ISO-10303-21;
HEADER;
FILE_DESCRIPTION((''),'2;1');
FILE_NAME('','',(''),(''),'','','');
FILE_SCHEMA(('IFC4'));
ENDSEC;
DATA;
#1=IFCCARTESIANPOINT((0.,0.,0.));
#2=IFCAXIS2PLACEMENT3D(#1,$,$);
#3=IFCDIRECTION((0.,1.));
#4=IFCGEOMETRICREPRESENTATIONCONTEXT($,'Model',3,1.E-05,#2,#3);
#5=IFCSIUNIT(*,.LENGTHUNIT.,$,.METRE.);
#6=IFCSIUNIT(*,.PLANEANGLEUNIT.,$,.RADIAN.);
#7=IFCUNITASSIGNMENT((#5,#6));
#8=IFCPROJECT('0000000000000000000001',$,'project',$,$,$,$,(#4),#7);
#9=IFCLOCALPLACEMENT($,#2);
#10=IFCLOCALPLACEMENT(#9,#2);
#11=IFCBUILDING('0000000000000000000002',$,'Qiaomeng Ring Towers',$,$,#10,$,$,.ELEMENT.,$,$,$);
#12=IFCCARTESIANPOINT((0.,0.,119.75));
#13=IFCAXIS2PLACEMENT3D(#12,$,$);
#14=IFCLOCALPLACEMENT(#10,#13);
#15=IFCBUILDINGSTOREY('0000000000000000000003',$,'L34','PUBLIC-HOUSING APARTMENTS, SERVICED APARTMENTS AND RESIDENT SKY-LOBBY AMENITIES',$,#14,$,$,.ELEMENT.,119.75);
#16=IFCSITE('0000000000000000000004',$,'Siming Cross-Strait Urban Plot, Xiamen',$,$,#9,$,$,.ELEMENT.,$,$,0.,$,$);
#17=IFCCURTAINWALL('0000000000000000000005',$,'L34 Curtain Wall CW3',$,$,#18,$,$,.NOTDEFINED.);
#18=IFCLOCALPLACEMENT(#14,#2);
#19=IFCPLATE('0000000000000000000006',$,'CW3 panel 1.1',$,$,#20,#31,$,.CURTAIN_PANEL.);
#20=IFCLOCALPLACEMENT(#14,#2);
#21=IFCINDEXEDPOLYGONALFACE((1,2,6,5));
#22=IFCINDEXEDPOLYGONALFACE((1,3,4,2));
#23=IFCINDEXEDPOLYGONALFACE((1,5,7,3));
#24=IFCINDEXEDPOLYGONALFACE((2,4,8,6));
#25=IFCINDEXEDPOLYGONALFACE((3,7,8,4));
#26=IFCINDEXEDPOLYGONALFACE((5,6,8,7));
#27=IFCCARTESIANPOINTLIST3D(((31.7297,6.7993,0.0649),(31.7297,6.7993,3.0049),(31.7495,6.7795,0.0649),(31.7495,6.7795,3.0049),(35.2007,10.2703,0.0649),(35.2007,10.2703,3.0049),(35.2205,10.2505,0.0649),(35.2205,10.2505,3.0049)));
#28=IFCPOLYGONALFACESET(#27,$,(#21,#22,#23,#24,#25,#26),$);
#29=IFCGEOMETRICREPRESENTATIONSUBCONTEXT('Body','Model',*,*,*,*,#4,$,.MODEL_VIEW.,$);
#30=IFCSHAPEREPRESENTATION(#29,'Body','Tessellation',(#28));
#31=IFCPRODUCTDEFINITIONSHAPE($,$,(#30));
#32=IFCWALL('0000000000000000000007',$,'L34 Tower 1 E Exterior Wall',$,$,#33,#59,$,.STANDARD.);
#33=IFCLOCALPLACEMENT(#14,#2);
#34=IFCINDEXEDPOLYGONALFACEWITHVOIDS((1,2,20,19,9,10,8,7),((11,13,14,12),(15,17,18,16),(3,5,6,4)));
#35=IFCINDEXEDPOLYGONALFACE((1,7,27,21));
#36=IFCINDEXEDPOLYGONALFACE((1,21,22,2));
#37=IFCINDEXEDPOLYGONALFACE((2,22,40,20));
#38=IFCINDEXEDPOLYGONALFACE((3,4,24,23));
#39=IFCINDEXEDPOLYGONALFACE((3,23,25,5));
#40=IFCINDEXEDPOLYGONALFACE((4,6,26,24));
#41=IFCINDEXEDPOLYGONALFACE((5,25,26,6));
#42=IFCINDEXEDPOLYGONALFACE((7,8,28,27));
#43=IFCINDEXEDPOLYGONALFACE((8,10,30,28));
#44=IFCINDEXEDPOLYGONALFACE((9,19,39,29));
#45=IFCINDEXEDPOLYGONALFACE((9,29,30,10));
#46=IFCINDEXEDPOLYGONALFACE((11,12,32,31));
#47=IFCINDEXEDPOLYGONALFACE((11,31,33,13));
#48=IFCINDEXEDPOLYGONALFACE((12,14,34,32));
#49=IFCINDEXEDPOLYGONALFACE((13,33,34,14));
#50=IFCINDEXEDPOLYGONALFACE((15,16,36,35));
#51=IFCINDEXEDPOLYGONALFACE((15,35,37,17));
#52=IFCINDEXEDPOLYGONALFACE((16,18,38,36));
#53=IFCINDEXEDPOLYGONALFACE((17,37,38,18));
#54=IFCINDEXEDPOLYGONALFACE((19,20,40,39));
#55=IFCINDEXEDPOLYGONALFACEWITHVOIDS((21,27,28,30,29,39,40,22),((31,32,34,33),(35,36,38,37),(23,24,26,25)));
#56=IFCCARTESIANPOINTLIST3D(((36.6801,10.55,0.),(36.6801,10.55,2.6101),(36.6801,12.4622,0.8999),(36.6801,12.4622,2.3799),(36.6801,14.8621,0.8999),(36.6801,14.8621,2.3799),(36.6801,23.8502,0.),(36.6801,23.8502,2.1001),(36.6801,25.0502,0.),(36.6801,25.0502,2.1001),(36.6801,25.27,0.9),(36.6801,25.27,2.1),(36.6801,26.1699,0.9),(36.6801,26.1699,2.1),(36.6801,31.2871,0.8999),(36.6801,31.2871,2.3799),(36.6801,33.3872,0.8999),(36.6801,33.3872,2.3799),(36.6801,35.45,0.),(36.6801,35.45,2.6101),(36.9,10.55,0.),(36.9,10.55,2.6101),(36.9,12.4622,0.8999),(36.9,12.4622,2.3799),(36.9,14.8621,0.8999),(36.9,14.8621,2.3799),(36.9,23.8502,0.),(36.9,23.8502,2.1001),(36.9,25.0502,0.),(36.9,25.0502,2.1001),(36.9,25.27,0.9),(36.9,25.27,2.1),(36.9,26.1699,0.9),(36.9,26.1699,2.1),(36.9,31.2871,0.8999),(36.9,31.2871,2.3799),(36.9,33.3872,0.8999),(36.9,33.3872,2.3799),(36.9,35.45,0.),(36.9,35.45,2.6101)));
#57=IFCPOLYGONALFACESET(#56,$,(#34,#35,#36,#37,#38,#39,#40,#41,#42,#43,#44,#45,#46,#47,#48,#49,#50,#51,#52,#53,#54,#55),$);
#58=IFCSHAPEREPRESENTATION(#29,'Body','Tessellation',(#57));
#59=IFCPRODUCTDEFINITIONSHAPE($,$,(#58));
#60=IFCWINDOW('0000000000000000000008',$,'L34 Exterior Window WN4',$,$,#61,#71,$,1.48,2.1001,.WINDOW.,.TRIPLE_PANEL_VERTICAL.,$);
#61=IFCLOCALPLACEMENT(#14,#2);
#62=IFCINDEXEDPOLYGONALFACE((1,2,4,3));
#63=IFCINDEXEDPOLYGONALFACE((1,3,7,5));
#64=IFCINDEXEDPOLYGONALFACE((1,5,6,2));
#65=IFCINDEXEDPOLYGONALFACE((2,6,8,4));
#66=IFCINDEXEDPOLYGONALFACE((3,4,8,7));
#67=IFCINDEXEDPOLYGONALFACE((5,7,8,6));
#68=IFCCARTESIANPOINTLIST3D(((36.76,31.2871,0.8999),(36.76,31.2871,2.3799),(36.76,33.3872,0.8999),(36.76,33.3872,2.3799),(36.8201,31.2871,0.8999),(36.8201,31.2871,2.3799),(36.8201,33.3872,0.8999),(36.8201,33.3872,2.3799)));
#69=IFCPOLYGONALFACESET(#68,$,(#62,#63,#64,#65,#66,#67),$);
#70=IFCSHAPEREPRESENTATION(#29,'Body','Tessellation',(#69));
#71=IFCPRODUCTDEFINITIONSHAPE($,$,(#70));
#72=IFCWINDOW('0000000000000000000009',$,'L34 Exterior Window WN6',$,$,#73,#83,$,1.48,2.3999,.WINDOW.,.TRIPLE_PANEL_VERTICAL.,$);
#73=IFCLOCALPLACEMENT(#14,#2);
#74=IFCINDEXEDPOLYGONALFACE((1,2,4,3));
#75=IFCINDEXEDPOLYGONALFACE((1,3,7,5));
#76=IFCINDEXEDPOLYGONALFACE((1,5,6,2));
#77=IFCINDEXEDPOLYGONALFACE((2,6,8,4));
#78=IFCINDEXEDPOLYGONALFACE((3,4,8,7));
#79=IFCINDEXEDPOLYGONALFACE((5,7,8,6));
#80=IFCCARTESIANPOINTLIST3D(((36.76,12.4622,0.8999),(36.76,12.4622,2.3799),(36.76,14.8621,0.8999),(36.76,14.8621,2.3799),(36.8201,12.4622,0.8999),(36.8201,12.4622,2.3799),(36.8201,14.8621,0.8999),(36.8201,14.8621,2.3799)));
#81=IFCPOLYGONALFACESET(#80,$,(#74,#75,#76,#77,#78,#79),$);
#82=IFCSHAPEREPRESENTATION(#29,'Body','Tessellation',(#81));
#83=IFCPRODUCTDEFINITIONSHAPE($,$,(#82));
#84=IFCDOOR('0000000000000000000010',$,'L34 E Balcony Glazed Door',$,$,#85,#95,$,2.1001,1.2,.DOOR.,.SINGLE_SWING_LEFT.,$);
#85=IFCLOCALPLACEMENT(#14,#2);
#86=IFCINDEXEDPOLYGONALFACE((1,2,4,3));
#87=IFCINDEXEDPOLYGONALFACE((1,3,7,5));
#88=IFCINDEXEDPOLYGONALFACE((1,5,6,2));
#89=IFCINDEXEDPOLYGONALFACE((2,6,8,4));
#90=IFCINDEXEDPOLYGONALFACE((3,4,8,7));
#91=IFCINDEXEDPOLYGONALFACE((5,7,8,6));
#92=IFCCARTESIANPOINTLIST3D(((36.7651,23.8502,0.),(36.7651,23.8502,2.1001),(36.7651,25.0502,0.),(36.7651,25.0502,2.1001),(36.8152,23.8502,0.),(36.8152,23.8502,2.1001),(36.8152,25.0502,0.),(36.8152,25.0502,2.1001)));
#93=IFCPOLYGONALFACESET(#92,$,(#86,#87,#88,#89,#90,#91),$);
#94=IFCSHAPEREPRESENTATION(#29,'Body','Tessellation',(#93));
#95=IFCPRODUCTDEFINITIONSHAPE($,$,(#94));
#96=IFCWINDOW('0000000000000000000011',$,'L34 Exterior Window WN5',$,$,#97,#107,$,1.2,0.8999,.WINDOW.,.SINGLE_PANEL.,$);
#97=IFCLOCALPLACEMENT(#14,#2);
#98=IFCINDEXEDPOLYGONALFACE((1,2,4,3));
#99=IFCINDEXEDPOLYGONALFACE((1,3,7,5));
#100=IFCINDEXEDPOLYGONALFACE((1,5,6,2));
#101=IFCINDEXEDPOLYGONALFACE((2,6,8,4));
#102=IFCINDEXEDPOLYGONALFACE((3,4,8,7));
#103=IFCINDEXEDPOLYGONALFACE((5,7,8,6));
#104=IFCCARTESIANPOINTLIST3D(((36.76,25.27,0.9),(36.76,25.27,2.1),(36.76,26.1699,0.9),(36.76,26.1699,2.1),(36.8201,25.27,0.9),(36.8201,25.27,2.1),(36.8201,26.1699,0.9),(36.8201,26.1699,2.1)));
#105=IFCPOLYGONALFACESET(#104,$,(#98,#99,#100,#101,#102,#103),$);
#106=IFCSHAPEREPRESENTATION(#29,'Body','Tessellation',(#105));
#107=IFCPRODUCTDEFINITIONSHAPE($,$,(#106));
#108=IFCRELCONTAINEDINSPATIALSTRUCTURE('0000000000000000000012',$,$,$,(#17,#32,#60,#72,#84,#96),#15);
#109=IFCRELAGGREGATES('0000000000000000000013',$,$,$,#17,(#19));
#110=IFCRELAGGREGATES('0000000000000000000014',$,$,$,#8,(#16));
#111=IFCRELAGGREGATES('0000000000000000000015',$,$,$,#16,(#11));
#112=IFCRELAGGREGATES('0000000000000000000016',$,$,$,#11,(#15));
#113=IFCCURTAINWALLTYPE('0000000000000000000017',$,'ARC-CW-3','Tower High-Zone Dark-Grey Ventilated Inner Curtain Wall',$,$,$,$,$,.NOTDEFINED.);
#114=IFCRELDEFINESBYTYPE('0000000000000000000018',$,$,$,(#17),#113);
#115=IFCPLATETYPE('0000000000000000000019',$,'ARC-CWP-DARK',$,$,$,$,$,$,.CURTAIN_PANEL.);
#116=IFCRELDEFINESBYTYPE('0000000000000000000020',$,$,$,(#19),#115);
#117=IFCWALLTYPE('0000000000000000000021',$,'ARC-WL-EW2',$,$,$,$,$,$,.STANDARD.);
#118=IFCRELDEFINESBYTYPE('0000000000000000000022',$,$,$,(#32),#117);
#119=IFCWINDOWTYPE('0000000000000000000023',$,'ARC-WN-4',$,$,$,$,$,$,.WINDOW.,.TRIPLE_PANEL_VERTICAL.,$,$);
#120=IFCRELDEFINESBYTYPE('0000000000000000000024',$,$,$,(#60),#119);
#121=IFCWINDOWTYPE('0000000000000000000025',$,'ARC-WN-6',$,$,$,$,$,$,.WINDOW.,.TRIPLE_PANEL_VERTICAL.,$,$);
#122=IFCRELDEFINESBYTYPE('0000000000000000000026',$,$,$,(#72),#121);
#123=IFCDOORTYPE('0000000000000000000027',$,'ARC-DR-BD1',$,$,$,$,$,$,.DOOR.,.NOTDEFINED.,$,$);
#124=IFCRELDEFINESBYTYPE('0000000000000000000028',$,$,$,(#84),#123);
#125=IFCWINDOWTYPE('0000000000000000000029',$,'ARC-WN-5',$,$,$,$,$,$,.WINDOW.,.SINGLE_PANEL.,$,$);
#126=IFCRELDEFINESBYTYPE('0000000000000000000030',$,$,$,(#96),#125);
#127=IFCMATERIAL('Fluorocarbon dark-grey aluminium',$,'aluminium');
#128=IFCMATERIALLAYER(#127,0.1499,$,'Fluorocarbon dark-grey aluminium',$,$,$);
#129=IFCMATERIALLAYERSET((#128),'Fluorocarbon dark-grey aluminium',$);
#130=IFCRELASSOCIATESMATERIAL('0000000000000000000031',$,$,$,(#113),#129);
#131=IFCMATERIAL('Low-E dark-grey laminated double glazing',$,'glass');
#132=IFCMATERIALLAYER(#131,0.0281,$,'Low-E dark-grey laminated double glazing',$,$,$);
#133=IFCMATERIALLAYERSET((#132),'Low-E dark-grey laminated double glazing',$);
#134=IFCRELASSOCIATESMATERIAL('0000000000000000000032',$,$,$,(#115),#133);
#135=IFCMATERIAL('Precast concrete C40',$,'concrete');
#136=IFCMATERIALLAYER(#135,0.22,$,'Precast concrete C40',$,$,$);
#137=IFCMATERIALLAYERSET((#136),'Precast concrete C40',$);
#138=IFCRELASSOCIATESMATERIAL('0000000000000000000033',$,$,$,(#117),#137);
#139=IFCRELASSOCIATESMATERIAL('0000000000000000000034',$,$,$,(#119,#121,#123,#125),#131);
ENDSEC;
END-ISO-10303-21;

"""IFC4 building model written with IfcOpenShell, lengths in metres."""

from ifc_helpers import new_model, si_unit, direction, frame, frame_2d, origin, origin_2d, place, context, subcontext, project, spatial, rectangle, extrude, source, transform, mapped, material, layer, layer_set, type_object, element, fill, aggregate, save


model = new_model("IFC4")

# Units and contexts
model_context = context("Model", 3, precision=1e-05, world=origin(), true_north=direction((0.0, 1.0)))
body_context = subcontext(model_context, "Body", "Model", "MODEL_VIEW")
ifc_project = project(units=[si_unit("LENGTHUNIT", "METRE"), si_unit("PLANEANGLEUNIT", "RADIAN")], contexts=[model_context])

# Site, building, storey
site_placement = place(None, origin())
site = spatial("IfcSite", under=ifc_project, at=site_placement, Name="Siming Cross-Strait Urban Plot, Xiamen", CompositionType="ELEMENT", RefElevation=0.0)
building_placement = place(site_placement, origin())
building = spatial("IfcBuilding", under=site, at=building_placement, Name="Qiaomeng Ring Towers", CompositionType="ELEMENT")
storey_placement = place(building_placement, frame((0.0, 0.0, 119.75)))
storey = spatial("IfcBuildingStorey", under=building, at=storey_placement, Name="L34", Description="PUBLIC-HOUSING APARTMENTS, SERVICED APARTMENTS AND RESIDENT SKY-LOBBY AMENITIES", CompositionType="ELEMENT", Elevation=119.75)

# Curtain wall, plate
ifc_material_1 = material(Name="Fluorocarbon dark-grey aluminium", Category="aluminium")
ifc_layer_1 = layer(ifc_material_1, 0.1499, Name="Fluorocarbon dark-grey aluminium")
ifc_layer_set_1 = layer_set([ifc_layer_1], Name="Fluorocarbon dark-grey aluminium")
curtain_wall_type = type_object("IfcCurtainWallType", Name="ARC-CW-3", Description="Tower High-Zone Dark-Grey Ventilated Inner Curtain Wall", PredefinedType="NOTDEFINED", material=ifc_layer_set_1)
curtain_wall_placement = place(storey_placement, origin())
curtain_wall = element("IfcCurtainWall", 1, at=curtain_wall_placement, inside=storey, type_object=curtain_wall_type, Name="L34 Curtain Wall CW3", PredefinedType="NOTDEFINED")
ifc_material_2 = material(Name="Low-E dark-grey laminated double glazing", Category="glass")
ifc_layer_2 = layer(ifc_material_2, 0.0281, Name="Low-E dark-grey laminated double glazing")
ifc_layer_set_2 = layer_set([ifc_layer_2], Name="Low-E dark-grey laminated double glazing")
plate_type = type_object("IfcPlateType", Name="ARC-CWP-DARK", PredefinedType="CURTAIN_PANEL", material=ifc_layer_set_2)
shared_shape_1 = source(origin(), body_context, "Body", "SweptSolid", [
    extrude(rectangle(XDim=4.9087, YDim=0.0281, at=origin_2d()), origin(), (0.0, 0.0, 1.0), 2.9399),
])
plate_placement = place(storey_placement, frame((33.4751, 8.5249, 0.0649), z_axis=(0.0, 0.0, 1.0), x_axis=(0.707107, 0.707107, 0.0)))
plate = element("IfcPlate", 2, at=plate_placement, type_object=plate_type, Name="CW3 panel 1.1", PredefinedType="CURTAIN_PANEL", context=body_context, shape_type="MappedRepresentation", body=[
    mapped(shared_shape_1, transform((0.0, 0.0, 0.0), x_axis=(1.0, 0.0, 0.0), y_axis=(0.0, 1.0, 0.0), z_axis=(0.0, 0.0, 1.0), scale=1.0)),
])
aggregate(curtain_wall, [plate])

# Wall, openings, windows, door
ifc_material_3 = material(Name="Precast concrete C40", Category="concrete")
ifc_layer_3 = layer(ifc_material_3, 0.22, Name="Precast concrete C40")
ifc_layer_set_3 = layer_set([ifc_layer_3], Name="Precast concrete C40")
wall_type_1 = type_object("IfcWallType", Name="ARC-WL-EW2", PredefinedType="STANDARD", material=ifc_layer_set_3)
wall_1_placement = place(storey_placement, frame((36.79, 10.55, 0.0), z_axis=(0.0, 0.0, 1.0), x_axis=(0.0, 1.0, 0.0)))
wall_1 = element("IfcWall", 3, at=wall_1_placement, inside=storey, type_object=wall_type_1, Name="L34 Tower 1 E Exterior Wall", PredefinedType="STANDARD", context=body_context, shape_type="SweptSolid", body=[
    extrude(rectangle(XDim=24.8999, YDim=0.22, at=frame_2d((12.45, 0.0))), origin(), (0.0, 0.0, 1.0), 2.6101),
])
opening_1_placement = place(wall_1_placement, frame((13.3, 0.0, 0.0)))
opening_1 = element("IfcOpeningElement", 4, at=opening_1_placement, cuts=wall_1, PredefinedType="OPENING", context=body_context, shape_type="SweptSolid", body=[
    extrude(rectangle(XDim=1.2, YDim=2.1001, at=frame_2d((0.6001, 1.05))), frame((0.0, 0.1199, 0.0), z_axis=(0.0, -1.0, 0.0), x_axis=(1.0, 0.0, 0.0)), (0.0, 0.0, 1.0), 0.24),
])
opening_2_placement = place(wall_1_placement, frame((1.9121, 0.0, 0.8999)))
opening_2 = element("IfcOpeningElement", 5, at=opening_2_placement, cuts=wall_1, PredefinedType="OPENING", context=body_context, shape_type="SweptSolid", body=[
    extrude(rectangle(XDim=2.3999, YDim=1.48, at=frame_2d((1.2, 0.74))), frame((0.0, 0.1199, 0.0), z_axis=(0.0, -1.0, 0.0), x_axis=(1.0, 0.0, 0.0)), (0.0, 0.0, 1.0), 0.24),
])
opening_3_placement = place(wall_1_placement, frame((20.7371, 0.0, 0.8999)))
opening_3 = element("IfcOpeningElement", 6, at=opening_3_placement, cuts=wall_1, PredefinedType="OPENING", context=body_context, shape_type="SweptSolid", body=[
    extrude(rectangle(XDim=2.1001, YDim=1.48, at=frame_2d((1.05, 0.74))), frame((0.0, 0.1199, 0.0), z_axis=(0.0, -1.0, 0.0), x_axis=(1.0, 0.0, 0.0)), (0.0, 0.0, 1.0), 0.24),
])
opening_4_placement = place(wall_1_placement, frame((14.72, 0.0, 0.8999)))
opening_4 = element("IfcOpeningElement", 7, at=opening_4_placement, cuts=wall_1, PredefinedType="OPENING", context=body_context, shape_type="SweptSolid", body=[
    extrude(rectangle(XDim=0.8999, YDim=1.2, at=frame_2d((0.45, 0.6001))), frame((0.0, 0.1199, 0.0), z_axis=(0.0, -1.0, 0.0), x_axis=(1.0, 0.0, 0.0)), (0.0, 0.0, 1.0), 0.24),
])
window_type_1 = type_object("IfcWindowType", Name="ARC-WN-4", PartitioningType="TRIPLE_PANEL_VERTICAL", PredefinedType="WINDOW", material=ifc_material_2)
shared_shape_2 = source(origin(), body_context, "Body", "SweptSolid", [
    extrude(rectangle(XDim=2.1001, YDim=1.48, at=frame_2d((1.05, 0.74))), frame((0.0, 0.03, 0.0), z_axis=(0.0, -1.0, 0.0), x_axis=(1.0, 0.0, 0.0)), (0.0, 0.0, 1.0), 0.0601),
])
window_1_placement = place(opening_3_placement, origin())
window_1 = element("IfcWindow", 8, at=window_1_placement, inside=storey, type_object=window_type_1, Name="L34 Exterior Window WN4", OverallHeight=1.48, OverallWidth=2.1001, PartitioningType="TRIPLE_PANEL_VERTICAL", PredefinedType="WINDOW", context=body_context, shape_type="MappedRepresentation", body=[
    mapped(shared_shape_2, transform((0.0, 0.0, 0.0), x_axis=(1.0, 0.0, 0.0), y_axis=(0.0, 1.0, 0.0), z_axis=(0.0, 0.0, 1.0), scale=1.0)),
])
fill(opening_3, window_1)
window_type_2 = type_object("IfcWindowType", Name="ARC-WN-6", PartitioningType="TRIPLE_PANEL_VERTICAL", PredefinedType="WINDOW", material=ifc_material_2)
shared_shape_3 = source(origin(), body_context, "Body", "SweptSolid", [
    extrude(rectangle(XDim=2.3999, YDim=1.48, at=frame_2d((1.2, 0.74))), frame((0.0, 0.03, 0.0), z_axis=(0.0, -1.0, 0.0), x_axis=(1.0, 0.0, 0.0)), (0.0, 0.0, 1.0), 0.0601),
])
window_2_placement = place(opening_2_placement, origin())
window_2 = element("IfcWindow", 9, at=window_2_placement, inside=storey, type_object=window_type_2, Name="L34 Exterior Window WN6", OverallHeight=1.48, OverallWidth=2.3999, PartitioningType="TRIPLE_PANEL_VERTICAL", PredefinedType="WINDOW", context=body_context, shape_type="MappedRepresentation", body=[
    mapped(shared_shape_3, transform((0.0, 0.0, 0.0), x_axis=(1.0, 0.0, 0.0), y_axis=(0.0, 1.0, 0.0), z_axis=(0.0, 0.0, 1.0), scale=1.0)),
])
fill(opening_2, window_2)
door_type_1 = type_object("IfcDoorType", Name="ARC-DR-BD1", OperationType="NOTDEFINED", PredefinedType="DOOR", material=ifc_material_2)
shared_shape_4 = source(origin(), body_context, "Body", "SweptSolid", [
    extrude(rectangle(XDim=1.2, YDim=2.1001, at=frame_2d((0.6001, 1.05))), frame((0.0, 0.0249, 0.0), z_axis=(0.0, -1.0, 0.0), x_axis=(1.0, 0.0, 0.0)), (0.0, 0.0, 1.0), 0.05),
])
door_1_placement = place(opening_1_placement, origin())
door_1 = element("IfcDoor", 10, at=door_1_placement, inside=storey, type_object=door_type_1, Name="L34 E Balcony Glazed Door", OperationType="SINGLE_SWING_LEFT", OverallHeight=2.1001, OverallWidth=1.2, PredefinedType="DOOR", context=body_context, shape_type="MappedRepresentation", body=[
    mapped(shared_shape_4, transform((0.0, 0.0, 0.0), x_axis=(1.0, 0.0, 0.0), y_axis=(0.0, 1.0, 0.0), z_axis=(0.0, 0.0, 1.0), scale=1.0)),
])
fill(opening_1, door_1)
window_type_3 = type_object("IfcWindowType", Name="ARC-WN-5", PartitioningType="SINGLE_PANEL", PredefinedType="WINDOW", material=ifc_material_2)
shared_shape_5 = source(origin(), body_context, "Body", "SweptSolid", [
    extrude(rectangle(XDim=0.8999, YDim=1.2, at=frame_2d((0.45, 0.6001))), frame((0.0, 0.03, 0.0), z_axis=(0.0, -1.0, 0.0), x_axis=(1.0, 0.0, 0.0)), (0.0, 0.0, 1.0), 0.0601),
])
window_3_placement = place(opening_4_placement, origin())
window_3 = element("IfcWindow", 11, at=window_3_placement, inside=storey, type_object=window_type_3, Name="L34 Exterior Window WN5", OverallHeight=1.2, OverallWidth=0.8999, PartitioningType="SINGLE_PANEL", PredefinedType="WINDOW", context=body_context, shape_type="MappedRepresentation", body=[
    mapped(shared_shape_5, transform((0.0, 0.0, 0.0), x_axis=(1.0, 0.0, 0.0), y_axis=(0.0, 1.0, 0.0), z_axis=(0.0, 0.0, 1.0), scale=1.0)),
])
fill(opening_4, window_3)

save(model, "model.ifc")
